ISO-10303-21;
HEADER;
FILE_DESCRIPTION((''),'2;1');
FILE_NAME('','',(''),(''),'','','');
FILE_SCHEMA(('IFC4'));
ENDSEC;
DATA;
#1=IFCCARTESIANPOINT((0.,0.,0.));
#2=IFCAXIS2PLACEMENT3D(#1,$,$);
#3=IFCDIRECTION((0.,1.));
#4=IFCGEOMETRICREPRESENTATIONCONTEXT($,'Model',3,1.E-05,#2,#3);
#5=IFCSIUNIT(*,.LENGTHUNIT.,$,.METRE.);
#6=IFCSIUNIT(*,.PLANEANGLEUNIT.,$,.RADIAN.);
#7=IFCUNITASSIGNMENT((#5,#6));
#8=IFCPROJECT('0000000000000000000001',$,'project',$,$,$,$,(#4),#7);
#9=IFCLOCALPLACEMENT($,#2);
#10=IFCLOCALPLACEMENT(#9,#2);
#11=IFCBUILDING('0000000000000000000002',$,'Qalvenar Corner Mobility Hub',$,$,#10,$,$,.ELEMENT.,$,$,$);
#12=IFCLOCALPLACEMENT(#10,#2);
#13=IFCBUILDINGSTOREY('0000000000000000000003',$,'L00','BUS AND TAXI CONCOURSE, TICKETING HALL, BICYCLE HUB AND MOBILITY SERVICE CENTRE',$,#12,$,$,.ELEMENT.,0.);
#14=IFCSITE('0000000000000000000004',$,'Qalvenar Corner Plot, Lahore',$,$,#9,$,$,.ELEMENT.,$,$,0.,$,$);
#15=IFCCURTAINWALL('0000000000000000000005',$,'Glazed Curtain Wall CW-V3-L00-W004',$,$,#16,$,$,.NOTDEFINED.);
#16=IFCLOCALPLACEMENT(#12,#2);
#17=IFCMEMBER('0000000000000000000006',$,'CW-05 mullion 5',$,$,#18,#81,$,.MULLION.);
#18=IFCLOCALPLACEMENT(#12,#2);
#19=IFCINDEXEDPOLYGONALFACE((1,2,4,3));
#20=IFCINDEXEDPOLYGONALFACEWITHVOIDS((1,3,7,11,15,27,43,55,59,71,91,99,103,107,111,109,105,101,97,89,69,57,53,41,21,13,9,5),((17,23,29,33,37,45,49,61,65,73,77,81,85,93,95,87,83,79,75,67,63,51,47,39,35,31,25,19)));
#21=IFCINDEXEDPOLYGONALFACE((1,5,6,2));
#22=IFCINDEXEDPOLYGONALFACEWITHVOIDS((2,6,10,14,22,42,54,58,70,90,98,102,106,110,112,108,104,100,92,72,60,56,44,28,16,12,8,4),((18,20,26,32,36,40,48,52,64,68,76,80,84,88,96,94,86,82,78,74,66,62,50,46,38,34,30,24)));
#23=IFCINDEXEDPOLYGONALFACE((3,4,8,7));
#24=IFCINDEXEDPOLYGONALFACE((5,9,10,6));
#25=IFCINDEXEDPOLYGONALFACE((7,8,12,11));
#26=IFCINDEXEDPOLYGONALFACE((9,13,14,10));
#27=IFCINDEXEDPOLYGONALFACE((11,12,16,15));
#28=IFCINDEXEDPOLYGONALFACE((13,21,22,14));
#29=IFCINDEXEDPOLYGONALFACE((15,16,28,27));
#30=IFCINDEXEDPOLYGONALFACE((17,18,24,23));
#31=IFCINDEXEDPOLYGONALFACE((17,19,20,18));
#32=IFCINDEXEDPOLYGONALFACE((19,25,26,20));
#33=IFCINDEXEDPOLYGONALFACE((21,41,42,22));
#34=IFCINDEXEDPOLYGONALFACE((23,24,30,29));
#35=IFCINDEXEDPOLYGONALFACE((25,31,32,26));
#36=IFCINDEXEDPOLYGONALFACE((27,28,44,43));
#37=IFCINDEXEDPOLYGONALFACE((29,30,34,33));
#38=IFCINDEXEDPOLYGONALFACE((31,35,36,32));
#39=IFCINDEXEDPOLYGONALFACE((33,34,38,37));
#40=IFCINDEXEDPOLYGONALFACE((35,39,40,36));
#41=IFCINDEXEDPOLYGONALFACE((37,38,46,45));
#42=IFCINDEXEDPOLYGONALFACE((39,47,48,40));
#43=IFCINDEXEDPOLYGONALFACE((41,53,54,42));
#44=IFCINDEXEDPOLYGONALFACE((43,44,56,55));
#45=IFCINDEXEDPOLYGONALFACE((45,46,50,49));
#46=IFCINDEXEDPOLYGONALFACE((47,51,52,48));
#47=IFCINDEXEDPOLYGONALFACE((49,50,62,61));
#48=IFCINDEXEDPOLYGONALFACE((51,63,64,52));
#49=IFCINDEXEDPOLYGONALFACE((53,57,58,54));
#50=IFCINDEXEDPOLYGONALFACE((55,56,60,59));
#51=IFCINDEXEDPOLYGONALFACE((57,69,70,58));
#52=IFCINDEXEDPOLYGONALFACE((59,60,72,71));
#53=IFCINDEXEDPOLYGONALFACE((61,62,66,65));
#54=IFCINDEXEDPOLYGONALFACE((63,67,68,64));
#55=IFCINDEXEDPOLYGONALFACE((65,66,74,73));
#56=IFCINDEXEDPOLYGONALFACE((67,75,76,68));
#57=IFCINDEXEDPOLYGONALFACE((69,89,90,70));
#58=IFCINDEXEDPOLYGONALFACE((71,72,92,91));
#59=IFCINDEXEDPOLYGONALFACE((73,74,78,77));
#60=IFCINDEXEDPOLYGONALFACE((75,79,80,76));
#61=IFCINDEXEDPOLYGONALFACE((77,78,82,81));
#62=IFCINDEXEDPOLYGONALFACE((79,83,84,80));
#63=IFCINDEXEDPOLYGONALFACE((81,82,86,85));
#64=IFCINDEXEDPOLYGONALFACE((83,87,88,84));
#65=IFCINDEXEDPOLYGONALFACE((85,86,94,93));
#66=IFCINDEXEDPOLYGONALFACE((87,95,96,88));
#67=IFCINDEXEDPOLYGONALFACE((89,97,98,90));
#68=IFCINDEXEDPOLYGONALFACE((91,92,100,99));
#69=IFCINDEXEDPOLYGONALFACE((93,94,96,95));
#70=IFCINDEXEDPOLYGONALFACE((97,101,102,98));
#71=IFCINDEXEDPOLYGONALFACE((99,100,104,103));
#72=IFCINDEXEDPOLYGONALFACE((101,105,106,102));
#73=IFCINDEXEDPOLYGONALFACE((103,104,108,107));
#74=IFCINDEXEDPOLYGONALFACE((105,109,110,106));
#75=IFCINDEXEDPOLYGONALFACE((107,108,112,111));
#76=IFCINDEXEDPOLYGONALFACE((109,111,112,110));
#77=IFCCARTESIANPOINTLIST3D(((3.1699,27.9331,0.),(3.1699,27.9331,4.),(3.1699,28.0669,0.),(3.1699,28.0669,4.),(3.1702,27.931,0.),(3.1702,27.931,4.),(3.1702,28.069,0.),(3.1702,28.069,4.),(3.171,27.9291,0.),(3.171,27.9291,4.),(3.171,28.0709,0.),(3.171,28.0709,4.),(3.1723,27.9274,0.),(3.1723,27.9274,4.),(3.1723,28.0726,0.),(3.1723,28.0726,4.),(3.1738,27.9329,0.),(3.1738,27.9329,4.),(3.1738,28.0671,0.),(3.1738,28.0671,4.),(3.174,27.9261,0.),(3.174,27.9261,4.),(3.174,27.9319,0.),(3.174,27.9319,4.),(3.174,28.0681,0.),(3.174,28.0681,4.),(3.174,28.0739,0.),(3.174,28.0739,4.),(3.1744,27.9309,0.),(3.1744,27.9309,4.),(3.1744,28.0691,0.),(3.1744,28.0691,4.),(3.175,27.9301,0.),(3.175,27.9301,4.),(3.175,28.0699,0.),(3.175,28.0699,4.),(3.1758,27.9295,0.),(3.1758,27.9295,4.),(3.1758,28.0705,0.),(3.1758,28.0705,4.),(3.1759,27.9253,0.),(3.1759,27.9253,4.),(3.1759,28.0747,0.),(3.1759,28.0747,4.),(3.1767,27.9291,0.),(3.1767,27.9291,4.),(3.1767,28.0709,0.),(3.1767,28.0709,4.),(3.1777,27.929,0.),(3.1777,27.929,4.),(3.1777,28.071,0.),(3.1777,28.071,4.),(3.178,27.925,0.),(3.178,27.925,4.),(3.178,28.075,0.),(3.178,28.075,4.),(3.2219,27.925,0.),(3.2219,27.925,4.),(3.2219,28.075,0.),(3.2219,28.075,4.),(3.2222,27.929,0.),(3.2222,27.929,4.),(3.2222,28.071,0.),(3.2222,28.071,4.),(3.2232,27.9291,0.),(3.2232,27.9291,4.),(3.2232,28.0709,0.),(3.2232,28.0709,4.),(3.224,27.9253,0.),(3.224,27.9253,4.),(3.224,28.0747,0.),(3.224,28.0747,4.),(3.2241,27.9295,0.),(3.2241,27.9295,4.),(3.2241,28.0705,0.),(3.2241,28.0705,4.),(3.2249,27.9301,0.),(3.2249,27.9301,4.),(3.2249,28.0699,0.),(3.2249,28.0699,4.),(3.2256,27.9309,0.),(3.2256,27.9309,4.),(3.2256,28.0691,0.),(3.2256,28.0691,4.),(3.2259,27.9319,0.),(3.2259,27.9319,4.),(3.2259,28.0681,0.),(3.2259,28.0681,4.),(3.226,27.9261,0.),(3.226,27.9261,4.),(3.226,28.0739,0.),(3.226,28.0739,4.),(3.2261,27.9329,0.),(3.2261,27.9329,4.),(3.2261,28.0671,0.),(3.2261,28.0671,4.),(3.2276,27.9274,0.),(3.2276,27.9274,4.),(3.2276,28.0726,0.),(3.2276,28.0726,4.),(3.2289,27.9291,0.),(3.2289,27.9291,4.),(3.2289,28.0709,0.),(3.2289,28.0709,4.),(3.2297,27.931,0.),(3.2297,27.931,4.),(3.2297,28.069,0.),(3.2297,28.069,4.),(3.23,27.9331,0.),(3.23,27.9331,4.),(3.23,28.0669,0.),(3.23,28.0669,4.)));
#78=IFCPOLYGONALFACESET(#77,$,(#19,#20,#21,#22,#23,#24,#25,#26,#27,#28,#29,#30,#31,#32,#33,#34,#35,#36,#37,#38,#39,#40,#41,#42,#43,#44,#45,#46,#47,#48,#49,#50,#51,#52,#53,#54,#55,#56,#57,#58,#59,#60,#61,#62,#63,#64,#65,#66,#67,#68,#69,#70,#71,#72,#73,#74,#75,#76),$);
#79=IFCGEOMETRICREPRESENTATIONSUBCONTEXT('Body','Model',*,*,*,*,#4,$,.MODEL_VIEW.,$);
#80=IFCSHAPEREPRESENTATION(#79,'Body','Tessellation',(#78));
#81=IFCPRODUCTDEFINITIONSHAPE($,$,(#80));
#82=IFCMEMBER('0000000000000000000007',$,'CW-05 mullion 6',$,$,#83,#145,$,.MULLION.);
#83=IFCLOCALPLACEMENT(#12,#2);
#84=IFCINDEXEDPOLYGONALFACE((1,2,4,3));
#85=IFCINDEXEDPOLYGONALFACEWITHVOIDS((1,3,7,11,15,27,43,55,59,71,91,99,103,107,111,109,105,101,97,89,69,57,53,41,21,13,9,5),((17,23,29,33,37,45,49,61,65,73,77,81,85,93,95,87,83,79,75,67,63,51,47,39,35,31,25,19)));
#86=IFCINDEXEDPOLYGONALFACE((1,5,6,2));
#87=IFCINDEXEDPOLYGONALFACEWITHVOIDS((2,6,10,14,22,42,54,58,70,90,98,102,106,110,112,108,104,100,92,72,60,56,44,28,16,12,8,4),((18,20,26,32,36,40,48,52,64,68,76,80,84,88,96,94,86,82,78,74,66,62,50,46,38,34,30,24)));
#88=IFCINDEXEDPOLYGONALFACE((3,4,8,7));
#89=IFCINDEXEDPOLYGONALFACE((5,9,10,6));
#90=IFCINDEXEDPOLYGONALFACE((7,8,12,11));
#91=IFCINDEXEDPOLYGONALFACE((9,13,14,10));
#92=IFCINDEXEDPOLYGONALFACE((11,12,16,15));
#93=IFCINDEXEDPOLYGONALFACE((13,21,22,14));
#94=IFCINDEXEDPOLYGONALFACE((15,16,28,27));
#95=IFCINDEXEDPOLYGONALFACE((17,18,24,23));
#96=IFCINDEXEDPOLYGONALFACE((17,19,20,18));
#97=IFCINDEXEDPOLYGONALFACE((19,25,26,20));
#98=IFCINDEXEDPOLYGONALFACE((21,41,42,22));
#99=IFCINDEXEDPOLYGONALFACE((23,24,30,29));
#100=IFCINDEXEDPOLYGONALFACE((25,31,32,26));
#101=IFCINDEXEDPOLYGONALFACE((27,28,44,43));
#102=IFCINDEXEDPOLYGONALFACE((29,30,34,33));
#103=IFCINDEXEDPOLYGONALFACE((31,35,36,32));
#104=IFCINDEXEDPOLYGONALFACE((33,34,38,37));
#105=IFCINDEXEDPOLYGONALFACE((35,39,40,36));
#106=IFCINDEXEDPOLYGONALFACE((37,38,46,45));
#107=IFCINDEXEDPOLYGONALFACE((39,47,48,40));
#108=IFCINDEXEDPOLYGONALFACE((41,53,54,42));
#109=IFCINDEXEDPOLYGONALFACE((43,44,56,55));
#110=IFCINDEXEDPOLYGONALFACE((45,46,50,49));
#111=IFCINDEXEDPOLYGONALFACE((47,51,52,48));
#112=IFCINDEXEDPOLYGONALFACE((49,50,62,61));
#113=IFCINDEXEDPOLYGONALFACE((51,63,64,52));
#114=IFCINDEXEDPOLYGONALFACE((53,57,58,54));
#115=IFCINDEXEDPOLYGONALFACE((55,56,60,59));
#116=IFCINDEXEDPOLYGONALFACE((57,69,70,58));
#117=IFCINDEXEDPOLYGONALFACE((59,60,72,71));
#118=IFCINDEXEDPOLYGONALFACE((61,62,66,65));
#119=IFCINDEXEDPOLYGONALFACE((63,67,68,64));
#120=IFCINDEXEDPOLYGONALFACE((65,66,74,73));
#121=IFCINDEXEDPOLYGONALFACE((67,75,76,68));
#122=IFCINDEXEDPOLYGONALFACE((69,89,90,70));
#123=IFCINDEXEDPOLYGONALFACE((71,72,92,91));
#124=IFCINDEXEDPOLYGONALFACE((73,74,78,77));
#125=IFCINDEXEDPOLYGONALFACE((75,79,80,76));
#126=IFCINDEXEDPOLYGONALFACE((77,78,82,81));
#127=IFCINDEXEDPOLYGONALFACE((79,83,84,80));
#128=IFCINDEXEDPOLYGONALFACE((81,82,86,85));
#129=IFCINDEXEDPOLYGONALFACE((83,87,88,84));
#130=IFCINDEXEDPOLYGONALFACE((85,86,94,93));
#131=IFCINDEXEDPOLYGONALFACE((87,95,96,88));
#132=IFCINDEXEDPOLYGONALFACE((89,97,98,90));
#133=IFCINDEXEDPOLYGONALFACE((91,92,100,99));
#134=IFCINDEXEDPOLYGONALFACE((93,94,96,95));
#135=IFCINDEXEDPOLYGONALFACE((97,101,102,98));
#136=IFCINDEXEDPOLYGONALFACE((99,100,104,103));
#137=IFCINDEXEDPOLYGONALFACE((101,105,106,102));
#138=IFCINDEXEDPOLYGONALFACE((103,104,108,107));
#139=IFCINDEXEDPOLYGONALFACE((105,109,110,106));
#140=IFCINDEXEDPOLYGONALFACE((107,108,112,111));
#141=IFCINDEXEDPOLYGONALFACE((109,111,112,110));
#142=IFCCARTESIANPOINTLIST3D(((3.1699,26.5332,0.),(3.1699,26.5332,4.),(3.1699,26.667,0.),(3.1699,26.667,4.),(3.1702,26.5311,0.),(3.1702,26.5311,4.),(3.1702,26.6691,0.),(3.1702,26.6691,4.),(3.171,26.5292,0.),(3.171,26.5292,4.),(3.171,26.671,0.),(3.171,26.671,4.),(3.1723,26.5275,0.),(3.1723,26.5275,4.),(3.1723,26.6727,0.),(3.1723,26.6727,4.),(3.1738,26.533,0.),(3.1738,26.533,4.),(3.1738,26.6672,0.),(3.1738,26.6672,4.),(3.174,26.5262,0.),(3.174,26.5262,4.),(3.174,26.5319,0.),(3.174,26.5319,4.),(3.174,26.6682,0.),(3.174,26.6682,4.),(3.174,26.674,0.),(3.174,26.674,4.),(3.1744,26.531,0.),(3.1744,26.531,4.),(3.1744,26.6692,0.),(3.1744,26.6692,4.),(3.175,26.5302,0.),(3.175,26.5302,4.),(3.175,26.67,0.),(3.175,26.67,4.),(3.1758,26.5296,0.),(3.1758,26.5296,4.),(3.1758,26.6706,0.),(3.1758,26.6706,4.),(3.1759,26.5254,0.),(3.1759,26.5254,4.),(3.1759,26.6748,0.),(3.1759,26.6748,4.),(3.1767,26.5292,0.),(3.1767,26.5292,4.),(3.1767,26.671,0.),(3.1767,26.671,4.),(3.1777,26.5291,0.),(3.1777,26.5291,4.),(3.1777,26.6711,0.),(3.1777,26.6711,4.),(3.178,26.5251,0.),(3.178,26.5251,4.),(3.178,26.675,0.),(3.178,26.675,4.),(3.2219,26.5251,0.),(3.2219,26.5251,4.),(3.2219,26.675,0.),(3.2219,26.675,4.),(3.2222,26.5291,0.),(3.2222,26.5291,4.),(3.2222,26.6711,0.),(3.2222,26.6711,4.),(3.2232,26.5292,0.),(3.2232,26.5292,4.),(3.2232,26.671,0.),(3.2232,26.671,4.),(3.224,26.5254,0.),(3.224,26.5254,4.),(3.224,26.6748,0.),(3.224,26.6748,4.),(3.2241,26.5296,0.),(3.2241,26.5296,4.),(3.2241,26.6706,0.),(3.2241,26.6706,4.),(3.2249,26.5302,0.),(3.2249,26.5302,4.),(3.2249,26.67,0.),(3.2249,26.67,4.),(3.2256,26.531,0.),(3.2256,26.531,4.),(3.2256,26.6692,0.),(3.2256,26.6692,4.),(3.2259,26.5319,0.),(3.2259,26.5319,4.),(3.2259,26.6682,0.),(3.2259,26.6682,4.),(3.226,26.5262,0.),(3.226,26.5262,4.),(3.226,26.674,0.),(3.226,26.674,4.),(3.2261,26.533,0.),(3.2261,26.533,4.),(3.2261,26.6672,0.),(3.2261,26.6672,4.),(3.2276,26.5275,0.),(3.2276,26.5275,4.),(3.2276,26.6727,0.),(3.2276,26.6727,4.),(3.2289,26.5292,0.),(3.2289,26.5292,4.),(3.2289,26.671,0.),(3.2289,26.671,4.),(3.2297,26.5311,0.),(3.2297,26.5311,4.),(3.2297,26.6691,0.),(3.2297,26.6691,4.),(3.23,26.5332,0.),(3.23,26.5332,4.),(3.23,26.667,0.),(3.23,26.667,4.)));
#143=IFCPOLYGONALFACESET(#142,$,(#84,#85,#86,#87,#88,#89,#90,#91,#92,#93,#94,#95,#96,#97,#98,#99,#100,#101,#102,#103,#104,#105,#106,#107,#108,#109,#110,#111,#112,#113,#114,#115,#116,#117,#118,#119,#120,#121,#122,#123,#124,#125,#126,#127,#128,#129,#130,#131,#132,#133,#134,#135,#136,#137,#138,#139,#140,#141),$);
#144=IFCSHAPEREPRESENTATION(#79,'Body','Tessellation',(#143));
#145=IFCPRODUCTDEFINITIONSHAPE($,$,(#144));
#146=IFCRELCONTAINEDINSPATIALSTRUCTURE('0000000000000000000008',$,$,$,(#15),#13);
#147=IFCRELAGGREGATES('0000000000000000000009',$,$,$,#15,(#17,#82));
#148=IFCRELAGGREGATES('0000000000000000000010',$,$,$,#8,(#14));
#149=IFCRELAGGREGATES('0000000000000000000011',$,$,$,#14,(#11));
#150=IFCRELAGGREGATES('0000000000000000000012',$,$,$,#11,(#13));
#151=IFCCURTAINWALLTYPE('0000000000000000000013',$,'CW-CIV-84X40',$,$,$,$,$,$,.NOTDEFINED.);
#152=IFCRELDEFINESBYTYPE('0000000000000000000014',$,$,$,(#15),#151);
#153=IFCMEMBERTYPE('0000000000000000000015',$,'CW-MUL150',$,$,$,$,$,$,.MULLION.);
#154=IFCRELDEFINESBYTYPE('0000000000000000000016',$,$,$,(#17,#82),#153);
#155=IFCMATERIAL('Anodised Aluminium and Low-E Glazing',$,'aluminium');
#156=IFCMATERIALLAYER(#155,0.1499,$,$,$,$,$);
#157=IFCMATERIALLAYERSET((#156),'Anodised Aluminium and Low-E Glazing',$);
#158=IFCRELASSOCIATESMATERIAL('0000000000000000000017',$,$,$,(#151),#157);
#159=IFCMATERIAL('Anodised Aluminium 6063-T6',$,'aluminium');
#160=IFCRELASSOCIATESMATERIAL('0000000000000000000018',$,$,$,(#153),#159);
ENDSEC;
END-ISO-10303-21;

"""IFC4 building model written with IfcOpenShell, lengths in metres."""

from ifc_helpers import new_model, si_unit, direction, frame, origin, origin_2d, place, context, subcontext, project, spatial, hollow_rectangle, extrude, material, layer, layer_set, material_profile, profile_set, type_object, element, aggregate, save


model = new_model("IFC4")

# Units and contexts
model_context = context("Model", 3, precision=1e-05, world=origin(), true_north=direction((0.0, 1.0)))
body_context = subcontext(model_context, "Body", "Model", "MODEL_VIEW")
ifc_project = project(units=[si_unit("LENGTHUNIT", "METRE"), si_unit("PLANEANGLEUNIT", "RADIAN")], contexts=[model_context])

# Site, building, storey
site_placement = place(None, origin())
site = spatial("IfcSite", under=ifc_project, at=site_placement, Name="Qalvenar Corner Plot, Lahore", CompositionType="ELEMENT", RefElevation=0.0)
building_placement = place(site_placement, origin())
building = spatial("IfcBuilding", under=site, at=building_placement, Name="Qalvenar Corner Mobility Hub", CompositionType="ELEMENT")
storey_placement = place(building_placement, origin())
storey = spatial("IfcBuildingStorey", under=building, at=storey_placement, Name="L00", Description="BUS AND TAXI CONCOURSE, TICKETING HALL, BICYCLE HUB AND MOBILITY SERVICE CENTRE", CompositionType="ELEMENT", Elevation=0.0)

# Curtain wall, members
ifc_material_1 = material(Name="Anodised Aluminium and Low-E Glazing", Category="aluminium")
ifc_layer_1 = layer(ifc_material_1, 0.1499)
ifc_layer_set_1 = layer_set([ifc_layer_1], Name="Anodised Aluminium and Low-E Glazing")
curtain_wall_type = type_object("IfcCurtainWallType", Name="CW-CIV-84X40", PredefinedType="NOTDEFINED", material=ifc_layer_set_1)
curtain_wall_placement = place(storey_placement, origin())
curtain_wall = element("IfcCurtainWall", 1, at=curtain_wall_placement, inside=storey, type_object=curtain_wall_type, Name="Glazed Curtain Wall CW-V3-L00-W004", PredefinedType="NOTDEFINED")
ifc_material_2 = material(Name="Anodised Aluminium 6063-T6", Category="aluminium")
ifc_material_profile_1 = material_profile(ifc_material_2, hollow_rectangle(XDim=0.0601, YDim=0.1499, WallThickness=0.0039, InnerFilletRadius=0.0039, OuterFilletRadius=0.0081, at=origin_2d()), Name="RHS150x60x4")
ifc_profile_set_1 = profile_set([ifc_material_profile_1], Name="Anodised Aluminium 6063-T6")
member_type_1 = type_object("IfcMemberType", Name="CW-MUL150", PredefinedType="MULLION", material=ifc_profile_set_1)
member_1_placement = place(storey_placement, frame((3.2, 28.0, 0.0), z_axis=(0.0, 0.0, 1.0), x_axis=(1.0, 0.0, 0.0)))
member_1 = element("IfcMember", 2, at=member_1_placement, type_object=member_type_1, Name="CW-05 mullion 5", PredefinedType="MULLION", context=body_context, shape_type="SweptSolid", body=[
    extrude(hollow_rectangle(XDim=0.0601, YDim=0.1499, WallThickness=0.0039, InnerFilletRadius=0.0039, OuterFilletRadius=0.0081, at=origin_2d()), origin(), (0.0, 0.0, 1.0), 4.0),
])
member_2_placement = place(storey_placement, frame((3.2, 26.6001, 0.0), z_axis=(0.0, 0.0, 1.0), x_axis=(1.0, 0.0, 0.0)))
member_2 = element("IfcMember", 3, at=member_2_placement, type_object=member_type_1, Name="CW-05 mullion 6", PredefinedType="MULLION", context=body_context, shape_type="SweptSolid", body=[
    extrude(hollow_rectangle(XDim=0.0601, YDim=0.1499, WallThickness=0.0039, InnerFilletRadius=0.0039, OuterFilletRadius=0.0081, at=origin_2d()), origin(), (0.0, 0.0, 1.0), 4.0),
])
aggregate(curtain_wall, [member_1, member_2])

save(model, "model.ifc")
